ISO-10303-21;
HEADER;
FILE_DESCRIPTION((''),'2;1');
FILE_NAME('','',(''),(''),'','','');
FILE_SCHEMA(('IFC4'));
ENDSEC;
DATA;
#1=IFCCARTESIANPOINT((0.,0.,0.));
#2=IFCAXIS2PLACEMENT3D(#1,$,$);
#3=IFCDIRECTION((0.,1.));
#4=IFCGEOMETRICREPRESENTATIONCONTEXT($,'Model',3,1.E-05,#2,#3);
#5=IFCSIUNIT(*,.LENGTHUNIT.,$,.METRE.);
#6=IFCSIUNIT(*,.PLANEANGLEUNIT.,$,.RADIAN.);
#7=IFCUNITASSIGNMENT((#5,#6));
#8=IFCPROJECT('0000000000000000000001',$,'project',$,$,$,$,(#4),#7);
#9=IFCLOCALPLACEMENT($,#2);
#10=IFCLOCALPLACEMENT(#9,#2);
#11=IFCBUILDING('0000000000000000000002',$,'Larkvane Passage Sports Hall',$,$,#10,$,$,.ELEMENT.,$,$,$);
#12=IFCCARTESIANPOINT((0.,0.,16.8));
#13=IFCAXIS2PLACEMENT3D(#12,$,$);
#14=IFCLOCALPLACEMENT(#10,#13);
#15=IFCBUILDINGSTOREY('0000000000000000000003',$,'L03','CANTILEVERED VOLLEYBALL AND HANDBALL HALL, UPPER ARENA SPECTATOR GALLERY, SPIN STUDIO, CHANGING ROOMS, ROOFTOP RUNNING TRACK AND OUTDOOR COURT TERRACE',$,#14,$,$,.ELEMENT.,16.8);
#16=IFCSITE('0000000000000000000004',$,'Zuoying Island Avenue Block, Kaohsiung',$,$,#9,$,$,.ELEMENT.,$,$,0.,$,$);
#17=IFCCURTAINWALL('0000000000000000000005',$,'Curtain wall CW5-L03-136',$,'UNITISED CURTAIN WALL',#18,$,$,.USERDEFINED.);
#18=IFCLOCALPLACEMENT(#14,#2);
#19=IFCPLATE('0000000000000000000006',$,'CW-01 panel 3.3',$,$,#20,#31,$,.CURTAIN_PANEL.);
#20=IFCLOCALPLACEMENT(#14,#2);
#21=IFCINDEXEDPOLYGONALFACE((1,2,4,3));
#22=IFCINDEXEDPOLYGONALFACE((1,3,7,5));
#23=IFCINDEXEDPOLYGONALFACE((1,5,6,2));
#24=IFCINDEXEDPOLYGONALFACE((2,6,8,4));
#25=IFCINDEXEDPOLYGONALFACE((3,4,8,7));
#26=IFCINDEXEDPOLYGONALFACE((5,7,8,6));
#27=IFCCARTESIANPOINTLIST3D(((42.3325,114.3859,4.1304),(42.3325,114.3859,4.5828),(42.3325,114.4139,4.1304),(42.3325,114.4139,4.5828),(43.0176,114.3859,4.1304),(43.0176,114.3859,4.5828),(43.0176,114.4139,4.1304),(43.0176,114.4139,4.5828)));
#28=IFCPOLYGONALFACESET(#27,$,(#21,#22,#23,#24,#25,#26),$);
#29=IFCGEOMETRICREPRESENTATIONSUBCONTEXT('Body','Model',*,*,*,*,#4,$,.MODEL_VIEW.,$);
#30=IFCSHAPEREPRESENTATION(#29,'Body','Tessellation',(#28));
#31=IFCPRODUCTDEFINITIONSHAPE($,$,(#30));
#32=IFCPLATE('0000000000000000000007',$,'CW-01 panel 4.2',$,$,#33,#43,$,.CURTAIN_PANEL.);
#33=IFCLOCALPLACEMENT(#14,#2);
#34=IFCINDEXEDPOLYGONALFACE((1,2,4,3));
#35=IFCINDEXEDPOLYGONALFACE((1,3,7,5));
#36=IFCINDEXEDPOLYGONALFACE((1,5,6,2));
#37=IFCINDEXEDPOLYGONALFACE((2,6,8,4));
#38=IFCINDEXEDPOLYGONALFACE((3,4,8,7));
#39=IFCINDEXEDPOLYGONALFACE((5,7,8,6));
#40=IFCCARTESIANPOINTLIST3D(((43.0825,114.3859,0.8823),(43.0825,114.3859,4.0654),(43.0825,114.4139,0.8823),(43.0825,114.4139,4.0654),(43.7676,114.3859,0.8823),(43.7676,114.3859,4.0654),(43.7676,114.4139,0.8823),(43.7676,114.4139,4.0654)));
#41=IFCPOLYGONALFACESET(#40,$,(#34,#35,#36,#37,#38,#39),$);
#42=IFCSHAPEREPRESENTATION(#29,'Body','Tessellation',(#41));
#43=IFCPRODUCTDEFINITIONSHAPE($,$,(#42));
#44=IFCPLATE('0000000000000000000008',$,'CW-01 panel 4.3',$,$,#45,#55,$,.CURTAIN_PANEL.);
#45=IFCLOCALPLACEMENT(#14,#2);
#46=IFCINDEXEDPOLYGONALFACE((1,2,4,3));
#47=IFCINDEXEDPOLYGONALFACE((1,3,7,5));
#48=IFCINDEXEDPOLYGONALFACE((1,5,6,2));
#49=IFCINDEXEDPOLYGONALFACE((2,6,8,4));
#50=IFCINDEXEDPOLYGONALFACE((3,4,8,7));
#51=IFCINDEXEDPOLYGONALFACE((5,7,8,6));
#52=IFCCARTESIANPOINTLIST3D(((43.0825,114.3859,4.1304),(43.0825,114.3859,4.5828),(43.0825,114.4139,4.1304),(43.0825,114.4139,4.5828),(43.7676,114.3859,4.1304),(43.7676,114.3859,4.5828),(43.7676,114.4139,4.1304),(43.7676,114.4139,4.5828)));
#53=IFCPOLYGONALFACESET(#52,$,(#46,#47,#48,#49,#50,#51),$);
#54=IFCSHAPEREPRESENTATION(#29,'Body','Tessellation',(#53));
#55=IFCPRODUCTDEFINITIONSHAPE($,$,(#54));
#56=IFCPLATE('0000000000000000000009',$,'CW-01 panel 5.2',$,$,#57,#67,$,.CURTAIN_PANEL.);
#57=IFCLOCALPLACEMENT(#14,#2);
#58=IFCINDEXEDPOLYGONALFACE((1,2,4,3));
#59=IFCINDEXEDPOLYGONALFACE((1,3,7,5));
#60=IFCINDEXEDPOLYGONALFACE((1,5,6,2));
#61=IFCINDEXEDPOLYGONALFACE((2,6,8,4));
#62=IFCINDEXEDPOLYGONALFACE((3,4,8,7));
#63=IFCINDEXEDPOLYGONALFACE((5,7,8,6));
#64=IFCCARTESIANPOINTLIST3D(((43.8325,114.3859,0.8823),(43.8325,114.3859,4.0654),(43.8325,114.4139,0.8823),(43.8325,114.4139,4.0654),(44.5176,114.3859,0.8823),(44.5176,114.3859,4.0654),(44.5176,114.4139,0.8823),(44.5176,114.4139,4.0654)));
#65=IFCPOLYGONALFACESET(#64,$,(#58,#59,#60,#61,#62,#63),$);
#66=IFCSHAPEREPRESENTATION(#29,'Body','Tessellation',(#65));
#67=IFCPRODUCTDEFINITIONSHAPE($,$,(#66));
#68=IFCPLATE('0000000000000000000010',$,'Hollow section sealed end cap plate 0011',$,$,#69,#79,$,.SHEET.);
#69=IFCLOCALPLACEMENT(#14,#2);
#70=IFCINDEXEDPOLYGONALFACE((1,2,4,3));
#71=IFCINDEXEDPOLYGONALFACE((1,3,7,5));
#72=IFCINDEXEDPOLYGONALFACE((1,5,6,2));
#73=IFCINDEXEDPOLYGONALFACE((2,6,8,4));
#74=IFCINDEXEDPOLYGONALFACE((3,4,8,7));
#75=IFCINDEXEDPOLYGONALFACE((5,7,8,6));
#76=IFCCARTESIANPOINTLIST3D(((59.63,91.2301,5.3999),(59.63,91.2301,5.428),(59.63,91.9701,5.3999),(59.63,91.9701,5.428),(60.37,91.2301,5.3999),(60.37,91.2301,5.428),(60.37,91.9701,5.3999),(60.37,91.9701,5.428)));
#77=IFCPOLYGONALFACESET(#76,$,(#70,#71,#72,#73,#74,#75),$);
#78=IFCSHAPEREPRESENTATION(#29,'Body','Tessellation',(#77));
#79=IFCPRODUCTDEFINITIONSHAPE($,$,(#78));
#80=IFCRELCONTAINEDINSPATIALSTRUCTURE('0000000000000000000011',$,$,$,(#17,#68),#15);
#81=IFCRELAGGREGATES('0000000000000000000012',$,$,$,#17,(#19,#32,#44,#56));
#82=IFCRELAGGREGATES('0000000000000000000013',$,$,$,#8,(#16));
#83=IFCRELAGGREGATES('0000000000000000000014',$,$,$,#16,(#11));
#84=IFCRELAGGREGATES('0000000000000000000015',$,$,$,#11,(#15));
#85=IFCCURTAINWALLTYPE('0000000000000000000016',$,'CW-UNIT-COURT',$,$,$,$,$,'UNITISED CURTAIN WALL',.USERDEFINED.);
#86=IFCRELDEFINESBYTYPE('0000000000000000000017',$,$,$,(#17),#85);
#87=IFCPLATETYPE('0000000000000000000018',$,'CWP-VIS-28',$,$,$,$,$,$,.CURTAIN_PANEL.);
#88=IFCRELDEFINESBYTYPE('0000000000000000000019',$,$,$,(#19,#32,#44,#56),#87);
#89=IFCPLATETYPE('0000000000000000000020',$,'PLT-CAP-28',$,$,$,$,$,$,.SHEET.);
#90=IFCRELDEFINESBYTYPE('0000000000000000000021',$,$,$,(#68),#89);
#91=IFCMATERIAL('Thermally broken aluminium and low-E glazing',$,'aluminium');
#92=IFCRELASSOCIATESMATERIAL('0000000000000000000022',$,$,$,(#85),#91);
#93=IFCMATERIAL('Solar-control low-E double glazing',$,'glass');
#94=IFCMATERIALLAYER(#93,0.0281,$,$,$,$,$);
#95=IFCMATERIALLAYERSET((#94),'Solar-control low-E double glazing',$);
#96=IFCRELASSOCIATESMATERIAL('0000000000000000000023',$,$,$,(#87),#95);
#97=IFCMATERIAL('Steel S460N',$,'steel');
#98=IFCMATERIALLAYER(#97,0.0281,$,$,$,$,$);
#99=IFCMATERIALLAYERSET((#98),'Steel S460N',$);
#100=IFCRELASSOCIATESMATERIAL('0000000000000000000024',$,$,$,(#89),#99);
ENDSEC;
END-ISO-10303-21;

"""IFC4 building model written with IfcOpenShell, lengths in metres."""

from ifc_helpers import new_model, si_unit, direction, frame, origin, origin_2d, place, context, subcontext, project, spatial, rectangle, extrude, material, layer, layer_set, type_object, element, aggregate, save


model = new_model("IFC4")

# Units and contexts
model_context = context("Model", 3, precision=1e-05, world=origin(), true_north=direction((0.0, 1.0)))
body_context = subcontext(model_context, "Body", "Model", "MODEL_VIEW")
ifc_project = project(units=[si_unit("LENGTHUNIT", "METRE"), si_unit("PLANEANGLEUNIT", "RADIAN")], contexts=[model_context])

# Site, building, storey
site_placement = place(None, origin())
site = spatial("IfcSite", under=ifc_project, at=site_placement, Name="Zuoying Island Avenue Block, Kaohsiung", CompositionType="ELEMENT", RefElevation=0.0)
building_placement = place(site_placement, origin())
building = spatial("IfcBuilding", under=site, at=building_placement, Name="Larkvane Passage Sports Hall", CompositionType="ELEMENT")
storey_placement = place(building_placement, frame((0.0, 0.0, 16.8)))
storey = spatial("IfcBuildingStorey", under=building, at=storey_placement, Name="L03", Description="CANTILEVERED VOLLEYBALL AND HANDBALL HALL, UPPER ARENA SPECTATOR GALLERY, SPIN STUDIO, CHANGING ROOMS, ROOFTOP RUNNING TRACK AND OUTDOOR COURT TERRACE", CompositionType="ELEMENT", Elevation=16.8)

# Shared definitions
ifc_material_1 = material(Name="Steel S460N", Category="steel")

# Curtain wall
ifc_material_2 = material(Name="Thermally broken aluminium and low-E glazing", Category="aluminium")
curtain_wall_type = type_object("IfcCurtainWallType", Name="CW-UNIT-COURT", ElementType="UNITISED CURTAIN WALL", PredefinedType="USERDEFINED", material=ifc_material_2)
curtain_wall_placement = place(storey_placement, origin())
curtain_wall = element("IfcCurtainWall", 1, at=curtain_wall_placement, inside=storey, type_object=curtain_wall_type, Name="Curtain wall CW5-L03-136", ObjectType="UNITISED CURTAIN WALL", PredefinedType="USERDEFINED")

# Plates
ifc_material_3 = material(Name="Solar-control low-E double glazing", Category="glass")
ifc_layer_1 = layer(ifc_material_3, 0.0281)
ifc_layer_set_1 = layer_set([ifc_layer_1], Name="Solar-control low-E double glazing")
plate_type_1 = type_object("IfcPlateType", Name="CWP-VIS-28", PredefinedType="CURTAIN_PANEL", material=ifc_layer_set_1)
plate_1_placement = place(storey_placement, frame((42.675, 114.3999, 4.1304), z_axis=(0.0, 0.0, 1.0), x_axis=(1.0, 0.0, 0.0)))
plate_1 = element("IfcPlate", 2, at=plate_1_placement, type_object=plate_type_1, Name="CW-01 panel 3.3", PredefinedType="CURTAIN_PANEL", context=body_context, shape_type="SweptSolid", body=[
    extrude(rectangle(XDim=0.6851, YDim=0.0281, at=origin_2d()), origin(), (0.0, 0.0, 1.0), 0.4524),
])
plate_2_placement = place(storey_placement, frame((43.425, 114.3999, 0.8823), z_axis=(0.0, 0.0, 1.0), x_axis=(1.0, 0.0, 0.0)))
plate_2 = element("IfcPlate", 3, at=plate_2_placement, type_object=plate_type_1, Name="CW-01 panel 4.2", PredefinedType="CURTAIN_PANEL", context=body_context, shape_type="SweptSolid", body=[
    extrude(rectangle(XDim=0.6851, YDim=0.0281, at=origin_2d()), origin(), (0.0, 0.0, 1.0), 3.1831),
])
plate_3_placement = place(storey_placement, frame((43.425, 114.3999, 4.1304), z_axis=(0.0, 0.0, 1.0), x_axis=(1.0, 0.0, 0.0)))
plate_3 = element("IfcPlate", 4, at=plate_3_placement, type_object=plate_type_1, Name="CW-01 panel 4.3", PredefinedType="CURTAIN_PANEL", context=body_context, shape_type="SweptSolid", body=[
    extrude(rectangle(XDim=0.6851, YDim=0.0281, at=origin_2d()), origin(), (0.0, 0.0, 1.0), 0.4524),
])
plate_4_placement = place(storey_placement, frame((44.175, 114.3999, 0.8823), z_axis=(0.0, 0.0, 1.0), x_axis=(1.0, 0.0, 0.0)))
plate_4 = element("IfcPlate", 5, at=plate_4_placement, type_object=plate_type_1, Name="CW-01 panel 5.2", PredefinedType="CURTAIN_PANEL", context=body_context, shape_type="SweptSolid", body=[
    extrude(rectangle(XDim=0.6851, YDim=0.0281, at=origin_2d()), origin(), (0.0, 0.0, 1.0), 3.1831),
])
aggregate(curtain_wall, [plate_1, plate_2, plate_3, plate_4])
ifc_layer_2 = layer(ifc_material_1, 0.0281)
ifc_layer_set_2 = layer_set([ifc_layer_2], Name="Steel S460N")
plate_type_2 = type_object("IfcPlateType", Name="PLT-CAP-28", PredefinedType="SHEET", material=ifc_layer_set_2)
plate_5_placement = place(storey_placement, frame((60.0, 91.6001, 5.3999), z_axis=(0.0, 0.0, 1.0), x_axis=(1.0, 0.0, 0.0)))
element("IfcPlate", 6, at=plate_5_placement, inside=storey, type_object=plate_type_2, Name="Hollow section sealed end cap plate 0011", PredefinedType="SHEET", context=body_context, shape_type="SweptSolid", body=[
    extrude(rectangle(XDim=0.74, YDim=0.74, at=origin_2d()), origin(), (0.0, 0.0, 1.0), 0.0281),
])

save(model, "model.ifc")
